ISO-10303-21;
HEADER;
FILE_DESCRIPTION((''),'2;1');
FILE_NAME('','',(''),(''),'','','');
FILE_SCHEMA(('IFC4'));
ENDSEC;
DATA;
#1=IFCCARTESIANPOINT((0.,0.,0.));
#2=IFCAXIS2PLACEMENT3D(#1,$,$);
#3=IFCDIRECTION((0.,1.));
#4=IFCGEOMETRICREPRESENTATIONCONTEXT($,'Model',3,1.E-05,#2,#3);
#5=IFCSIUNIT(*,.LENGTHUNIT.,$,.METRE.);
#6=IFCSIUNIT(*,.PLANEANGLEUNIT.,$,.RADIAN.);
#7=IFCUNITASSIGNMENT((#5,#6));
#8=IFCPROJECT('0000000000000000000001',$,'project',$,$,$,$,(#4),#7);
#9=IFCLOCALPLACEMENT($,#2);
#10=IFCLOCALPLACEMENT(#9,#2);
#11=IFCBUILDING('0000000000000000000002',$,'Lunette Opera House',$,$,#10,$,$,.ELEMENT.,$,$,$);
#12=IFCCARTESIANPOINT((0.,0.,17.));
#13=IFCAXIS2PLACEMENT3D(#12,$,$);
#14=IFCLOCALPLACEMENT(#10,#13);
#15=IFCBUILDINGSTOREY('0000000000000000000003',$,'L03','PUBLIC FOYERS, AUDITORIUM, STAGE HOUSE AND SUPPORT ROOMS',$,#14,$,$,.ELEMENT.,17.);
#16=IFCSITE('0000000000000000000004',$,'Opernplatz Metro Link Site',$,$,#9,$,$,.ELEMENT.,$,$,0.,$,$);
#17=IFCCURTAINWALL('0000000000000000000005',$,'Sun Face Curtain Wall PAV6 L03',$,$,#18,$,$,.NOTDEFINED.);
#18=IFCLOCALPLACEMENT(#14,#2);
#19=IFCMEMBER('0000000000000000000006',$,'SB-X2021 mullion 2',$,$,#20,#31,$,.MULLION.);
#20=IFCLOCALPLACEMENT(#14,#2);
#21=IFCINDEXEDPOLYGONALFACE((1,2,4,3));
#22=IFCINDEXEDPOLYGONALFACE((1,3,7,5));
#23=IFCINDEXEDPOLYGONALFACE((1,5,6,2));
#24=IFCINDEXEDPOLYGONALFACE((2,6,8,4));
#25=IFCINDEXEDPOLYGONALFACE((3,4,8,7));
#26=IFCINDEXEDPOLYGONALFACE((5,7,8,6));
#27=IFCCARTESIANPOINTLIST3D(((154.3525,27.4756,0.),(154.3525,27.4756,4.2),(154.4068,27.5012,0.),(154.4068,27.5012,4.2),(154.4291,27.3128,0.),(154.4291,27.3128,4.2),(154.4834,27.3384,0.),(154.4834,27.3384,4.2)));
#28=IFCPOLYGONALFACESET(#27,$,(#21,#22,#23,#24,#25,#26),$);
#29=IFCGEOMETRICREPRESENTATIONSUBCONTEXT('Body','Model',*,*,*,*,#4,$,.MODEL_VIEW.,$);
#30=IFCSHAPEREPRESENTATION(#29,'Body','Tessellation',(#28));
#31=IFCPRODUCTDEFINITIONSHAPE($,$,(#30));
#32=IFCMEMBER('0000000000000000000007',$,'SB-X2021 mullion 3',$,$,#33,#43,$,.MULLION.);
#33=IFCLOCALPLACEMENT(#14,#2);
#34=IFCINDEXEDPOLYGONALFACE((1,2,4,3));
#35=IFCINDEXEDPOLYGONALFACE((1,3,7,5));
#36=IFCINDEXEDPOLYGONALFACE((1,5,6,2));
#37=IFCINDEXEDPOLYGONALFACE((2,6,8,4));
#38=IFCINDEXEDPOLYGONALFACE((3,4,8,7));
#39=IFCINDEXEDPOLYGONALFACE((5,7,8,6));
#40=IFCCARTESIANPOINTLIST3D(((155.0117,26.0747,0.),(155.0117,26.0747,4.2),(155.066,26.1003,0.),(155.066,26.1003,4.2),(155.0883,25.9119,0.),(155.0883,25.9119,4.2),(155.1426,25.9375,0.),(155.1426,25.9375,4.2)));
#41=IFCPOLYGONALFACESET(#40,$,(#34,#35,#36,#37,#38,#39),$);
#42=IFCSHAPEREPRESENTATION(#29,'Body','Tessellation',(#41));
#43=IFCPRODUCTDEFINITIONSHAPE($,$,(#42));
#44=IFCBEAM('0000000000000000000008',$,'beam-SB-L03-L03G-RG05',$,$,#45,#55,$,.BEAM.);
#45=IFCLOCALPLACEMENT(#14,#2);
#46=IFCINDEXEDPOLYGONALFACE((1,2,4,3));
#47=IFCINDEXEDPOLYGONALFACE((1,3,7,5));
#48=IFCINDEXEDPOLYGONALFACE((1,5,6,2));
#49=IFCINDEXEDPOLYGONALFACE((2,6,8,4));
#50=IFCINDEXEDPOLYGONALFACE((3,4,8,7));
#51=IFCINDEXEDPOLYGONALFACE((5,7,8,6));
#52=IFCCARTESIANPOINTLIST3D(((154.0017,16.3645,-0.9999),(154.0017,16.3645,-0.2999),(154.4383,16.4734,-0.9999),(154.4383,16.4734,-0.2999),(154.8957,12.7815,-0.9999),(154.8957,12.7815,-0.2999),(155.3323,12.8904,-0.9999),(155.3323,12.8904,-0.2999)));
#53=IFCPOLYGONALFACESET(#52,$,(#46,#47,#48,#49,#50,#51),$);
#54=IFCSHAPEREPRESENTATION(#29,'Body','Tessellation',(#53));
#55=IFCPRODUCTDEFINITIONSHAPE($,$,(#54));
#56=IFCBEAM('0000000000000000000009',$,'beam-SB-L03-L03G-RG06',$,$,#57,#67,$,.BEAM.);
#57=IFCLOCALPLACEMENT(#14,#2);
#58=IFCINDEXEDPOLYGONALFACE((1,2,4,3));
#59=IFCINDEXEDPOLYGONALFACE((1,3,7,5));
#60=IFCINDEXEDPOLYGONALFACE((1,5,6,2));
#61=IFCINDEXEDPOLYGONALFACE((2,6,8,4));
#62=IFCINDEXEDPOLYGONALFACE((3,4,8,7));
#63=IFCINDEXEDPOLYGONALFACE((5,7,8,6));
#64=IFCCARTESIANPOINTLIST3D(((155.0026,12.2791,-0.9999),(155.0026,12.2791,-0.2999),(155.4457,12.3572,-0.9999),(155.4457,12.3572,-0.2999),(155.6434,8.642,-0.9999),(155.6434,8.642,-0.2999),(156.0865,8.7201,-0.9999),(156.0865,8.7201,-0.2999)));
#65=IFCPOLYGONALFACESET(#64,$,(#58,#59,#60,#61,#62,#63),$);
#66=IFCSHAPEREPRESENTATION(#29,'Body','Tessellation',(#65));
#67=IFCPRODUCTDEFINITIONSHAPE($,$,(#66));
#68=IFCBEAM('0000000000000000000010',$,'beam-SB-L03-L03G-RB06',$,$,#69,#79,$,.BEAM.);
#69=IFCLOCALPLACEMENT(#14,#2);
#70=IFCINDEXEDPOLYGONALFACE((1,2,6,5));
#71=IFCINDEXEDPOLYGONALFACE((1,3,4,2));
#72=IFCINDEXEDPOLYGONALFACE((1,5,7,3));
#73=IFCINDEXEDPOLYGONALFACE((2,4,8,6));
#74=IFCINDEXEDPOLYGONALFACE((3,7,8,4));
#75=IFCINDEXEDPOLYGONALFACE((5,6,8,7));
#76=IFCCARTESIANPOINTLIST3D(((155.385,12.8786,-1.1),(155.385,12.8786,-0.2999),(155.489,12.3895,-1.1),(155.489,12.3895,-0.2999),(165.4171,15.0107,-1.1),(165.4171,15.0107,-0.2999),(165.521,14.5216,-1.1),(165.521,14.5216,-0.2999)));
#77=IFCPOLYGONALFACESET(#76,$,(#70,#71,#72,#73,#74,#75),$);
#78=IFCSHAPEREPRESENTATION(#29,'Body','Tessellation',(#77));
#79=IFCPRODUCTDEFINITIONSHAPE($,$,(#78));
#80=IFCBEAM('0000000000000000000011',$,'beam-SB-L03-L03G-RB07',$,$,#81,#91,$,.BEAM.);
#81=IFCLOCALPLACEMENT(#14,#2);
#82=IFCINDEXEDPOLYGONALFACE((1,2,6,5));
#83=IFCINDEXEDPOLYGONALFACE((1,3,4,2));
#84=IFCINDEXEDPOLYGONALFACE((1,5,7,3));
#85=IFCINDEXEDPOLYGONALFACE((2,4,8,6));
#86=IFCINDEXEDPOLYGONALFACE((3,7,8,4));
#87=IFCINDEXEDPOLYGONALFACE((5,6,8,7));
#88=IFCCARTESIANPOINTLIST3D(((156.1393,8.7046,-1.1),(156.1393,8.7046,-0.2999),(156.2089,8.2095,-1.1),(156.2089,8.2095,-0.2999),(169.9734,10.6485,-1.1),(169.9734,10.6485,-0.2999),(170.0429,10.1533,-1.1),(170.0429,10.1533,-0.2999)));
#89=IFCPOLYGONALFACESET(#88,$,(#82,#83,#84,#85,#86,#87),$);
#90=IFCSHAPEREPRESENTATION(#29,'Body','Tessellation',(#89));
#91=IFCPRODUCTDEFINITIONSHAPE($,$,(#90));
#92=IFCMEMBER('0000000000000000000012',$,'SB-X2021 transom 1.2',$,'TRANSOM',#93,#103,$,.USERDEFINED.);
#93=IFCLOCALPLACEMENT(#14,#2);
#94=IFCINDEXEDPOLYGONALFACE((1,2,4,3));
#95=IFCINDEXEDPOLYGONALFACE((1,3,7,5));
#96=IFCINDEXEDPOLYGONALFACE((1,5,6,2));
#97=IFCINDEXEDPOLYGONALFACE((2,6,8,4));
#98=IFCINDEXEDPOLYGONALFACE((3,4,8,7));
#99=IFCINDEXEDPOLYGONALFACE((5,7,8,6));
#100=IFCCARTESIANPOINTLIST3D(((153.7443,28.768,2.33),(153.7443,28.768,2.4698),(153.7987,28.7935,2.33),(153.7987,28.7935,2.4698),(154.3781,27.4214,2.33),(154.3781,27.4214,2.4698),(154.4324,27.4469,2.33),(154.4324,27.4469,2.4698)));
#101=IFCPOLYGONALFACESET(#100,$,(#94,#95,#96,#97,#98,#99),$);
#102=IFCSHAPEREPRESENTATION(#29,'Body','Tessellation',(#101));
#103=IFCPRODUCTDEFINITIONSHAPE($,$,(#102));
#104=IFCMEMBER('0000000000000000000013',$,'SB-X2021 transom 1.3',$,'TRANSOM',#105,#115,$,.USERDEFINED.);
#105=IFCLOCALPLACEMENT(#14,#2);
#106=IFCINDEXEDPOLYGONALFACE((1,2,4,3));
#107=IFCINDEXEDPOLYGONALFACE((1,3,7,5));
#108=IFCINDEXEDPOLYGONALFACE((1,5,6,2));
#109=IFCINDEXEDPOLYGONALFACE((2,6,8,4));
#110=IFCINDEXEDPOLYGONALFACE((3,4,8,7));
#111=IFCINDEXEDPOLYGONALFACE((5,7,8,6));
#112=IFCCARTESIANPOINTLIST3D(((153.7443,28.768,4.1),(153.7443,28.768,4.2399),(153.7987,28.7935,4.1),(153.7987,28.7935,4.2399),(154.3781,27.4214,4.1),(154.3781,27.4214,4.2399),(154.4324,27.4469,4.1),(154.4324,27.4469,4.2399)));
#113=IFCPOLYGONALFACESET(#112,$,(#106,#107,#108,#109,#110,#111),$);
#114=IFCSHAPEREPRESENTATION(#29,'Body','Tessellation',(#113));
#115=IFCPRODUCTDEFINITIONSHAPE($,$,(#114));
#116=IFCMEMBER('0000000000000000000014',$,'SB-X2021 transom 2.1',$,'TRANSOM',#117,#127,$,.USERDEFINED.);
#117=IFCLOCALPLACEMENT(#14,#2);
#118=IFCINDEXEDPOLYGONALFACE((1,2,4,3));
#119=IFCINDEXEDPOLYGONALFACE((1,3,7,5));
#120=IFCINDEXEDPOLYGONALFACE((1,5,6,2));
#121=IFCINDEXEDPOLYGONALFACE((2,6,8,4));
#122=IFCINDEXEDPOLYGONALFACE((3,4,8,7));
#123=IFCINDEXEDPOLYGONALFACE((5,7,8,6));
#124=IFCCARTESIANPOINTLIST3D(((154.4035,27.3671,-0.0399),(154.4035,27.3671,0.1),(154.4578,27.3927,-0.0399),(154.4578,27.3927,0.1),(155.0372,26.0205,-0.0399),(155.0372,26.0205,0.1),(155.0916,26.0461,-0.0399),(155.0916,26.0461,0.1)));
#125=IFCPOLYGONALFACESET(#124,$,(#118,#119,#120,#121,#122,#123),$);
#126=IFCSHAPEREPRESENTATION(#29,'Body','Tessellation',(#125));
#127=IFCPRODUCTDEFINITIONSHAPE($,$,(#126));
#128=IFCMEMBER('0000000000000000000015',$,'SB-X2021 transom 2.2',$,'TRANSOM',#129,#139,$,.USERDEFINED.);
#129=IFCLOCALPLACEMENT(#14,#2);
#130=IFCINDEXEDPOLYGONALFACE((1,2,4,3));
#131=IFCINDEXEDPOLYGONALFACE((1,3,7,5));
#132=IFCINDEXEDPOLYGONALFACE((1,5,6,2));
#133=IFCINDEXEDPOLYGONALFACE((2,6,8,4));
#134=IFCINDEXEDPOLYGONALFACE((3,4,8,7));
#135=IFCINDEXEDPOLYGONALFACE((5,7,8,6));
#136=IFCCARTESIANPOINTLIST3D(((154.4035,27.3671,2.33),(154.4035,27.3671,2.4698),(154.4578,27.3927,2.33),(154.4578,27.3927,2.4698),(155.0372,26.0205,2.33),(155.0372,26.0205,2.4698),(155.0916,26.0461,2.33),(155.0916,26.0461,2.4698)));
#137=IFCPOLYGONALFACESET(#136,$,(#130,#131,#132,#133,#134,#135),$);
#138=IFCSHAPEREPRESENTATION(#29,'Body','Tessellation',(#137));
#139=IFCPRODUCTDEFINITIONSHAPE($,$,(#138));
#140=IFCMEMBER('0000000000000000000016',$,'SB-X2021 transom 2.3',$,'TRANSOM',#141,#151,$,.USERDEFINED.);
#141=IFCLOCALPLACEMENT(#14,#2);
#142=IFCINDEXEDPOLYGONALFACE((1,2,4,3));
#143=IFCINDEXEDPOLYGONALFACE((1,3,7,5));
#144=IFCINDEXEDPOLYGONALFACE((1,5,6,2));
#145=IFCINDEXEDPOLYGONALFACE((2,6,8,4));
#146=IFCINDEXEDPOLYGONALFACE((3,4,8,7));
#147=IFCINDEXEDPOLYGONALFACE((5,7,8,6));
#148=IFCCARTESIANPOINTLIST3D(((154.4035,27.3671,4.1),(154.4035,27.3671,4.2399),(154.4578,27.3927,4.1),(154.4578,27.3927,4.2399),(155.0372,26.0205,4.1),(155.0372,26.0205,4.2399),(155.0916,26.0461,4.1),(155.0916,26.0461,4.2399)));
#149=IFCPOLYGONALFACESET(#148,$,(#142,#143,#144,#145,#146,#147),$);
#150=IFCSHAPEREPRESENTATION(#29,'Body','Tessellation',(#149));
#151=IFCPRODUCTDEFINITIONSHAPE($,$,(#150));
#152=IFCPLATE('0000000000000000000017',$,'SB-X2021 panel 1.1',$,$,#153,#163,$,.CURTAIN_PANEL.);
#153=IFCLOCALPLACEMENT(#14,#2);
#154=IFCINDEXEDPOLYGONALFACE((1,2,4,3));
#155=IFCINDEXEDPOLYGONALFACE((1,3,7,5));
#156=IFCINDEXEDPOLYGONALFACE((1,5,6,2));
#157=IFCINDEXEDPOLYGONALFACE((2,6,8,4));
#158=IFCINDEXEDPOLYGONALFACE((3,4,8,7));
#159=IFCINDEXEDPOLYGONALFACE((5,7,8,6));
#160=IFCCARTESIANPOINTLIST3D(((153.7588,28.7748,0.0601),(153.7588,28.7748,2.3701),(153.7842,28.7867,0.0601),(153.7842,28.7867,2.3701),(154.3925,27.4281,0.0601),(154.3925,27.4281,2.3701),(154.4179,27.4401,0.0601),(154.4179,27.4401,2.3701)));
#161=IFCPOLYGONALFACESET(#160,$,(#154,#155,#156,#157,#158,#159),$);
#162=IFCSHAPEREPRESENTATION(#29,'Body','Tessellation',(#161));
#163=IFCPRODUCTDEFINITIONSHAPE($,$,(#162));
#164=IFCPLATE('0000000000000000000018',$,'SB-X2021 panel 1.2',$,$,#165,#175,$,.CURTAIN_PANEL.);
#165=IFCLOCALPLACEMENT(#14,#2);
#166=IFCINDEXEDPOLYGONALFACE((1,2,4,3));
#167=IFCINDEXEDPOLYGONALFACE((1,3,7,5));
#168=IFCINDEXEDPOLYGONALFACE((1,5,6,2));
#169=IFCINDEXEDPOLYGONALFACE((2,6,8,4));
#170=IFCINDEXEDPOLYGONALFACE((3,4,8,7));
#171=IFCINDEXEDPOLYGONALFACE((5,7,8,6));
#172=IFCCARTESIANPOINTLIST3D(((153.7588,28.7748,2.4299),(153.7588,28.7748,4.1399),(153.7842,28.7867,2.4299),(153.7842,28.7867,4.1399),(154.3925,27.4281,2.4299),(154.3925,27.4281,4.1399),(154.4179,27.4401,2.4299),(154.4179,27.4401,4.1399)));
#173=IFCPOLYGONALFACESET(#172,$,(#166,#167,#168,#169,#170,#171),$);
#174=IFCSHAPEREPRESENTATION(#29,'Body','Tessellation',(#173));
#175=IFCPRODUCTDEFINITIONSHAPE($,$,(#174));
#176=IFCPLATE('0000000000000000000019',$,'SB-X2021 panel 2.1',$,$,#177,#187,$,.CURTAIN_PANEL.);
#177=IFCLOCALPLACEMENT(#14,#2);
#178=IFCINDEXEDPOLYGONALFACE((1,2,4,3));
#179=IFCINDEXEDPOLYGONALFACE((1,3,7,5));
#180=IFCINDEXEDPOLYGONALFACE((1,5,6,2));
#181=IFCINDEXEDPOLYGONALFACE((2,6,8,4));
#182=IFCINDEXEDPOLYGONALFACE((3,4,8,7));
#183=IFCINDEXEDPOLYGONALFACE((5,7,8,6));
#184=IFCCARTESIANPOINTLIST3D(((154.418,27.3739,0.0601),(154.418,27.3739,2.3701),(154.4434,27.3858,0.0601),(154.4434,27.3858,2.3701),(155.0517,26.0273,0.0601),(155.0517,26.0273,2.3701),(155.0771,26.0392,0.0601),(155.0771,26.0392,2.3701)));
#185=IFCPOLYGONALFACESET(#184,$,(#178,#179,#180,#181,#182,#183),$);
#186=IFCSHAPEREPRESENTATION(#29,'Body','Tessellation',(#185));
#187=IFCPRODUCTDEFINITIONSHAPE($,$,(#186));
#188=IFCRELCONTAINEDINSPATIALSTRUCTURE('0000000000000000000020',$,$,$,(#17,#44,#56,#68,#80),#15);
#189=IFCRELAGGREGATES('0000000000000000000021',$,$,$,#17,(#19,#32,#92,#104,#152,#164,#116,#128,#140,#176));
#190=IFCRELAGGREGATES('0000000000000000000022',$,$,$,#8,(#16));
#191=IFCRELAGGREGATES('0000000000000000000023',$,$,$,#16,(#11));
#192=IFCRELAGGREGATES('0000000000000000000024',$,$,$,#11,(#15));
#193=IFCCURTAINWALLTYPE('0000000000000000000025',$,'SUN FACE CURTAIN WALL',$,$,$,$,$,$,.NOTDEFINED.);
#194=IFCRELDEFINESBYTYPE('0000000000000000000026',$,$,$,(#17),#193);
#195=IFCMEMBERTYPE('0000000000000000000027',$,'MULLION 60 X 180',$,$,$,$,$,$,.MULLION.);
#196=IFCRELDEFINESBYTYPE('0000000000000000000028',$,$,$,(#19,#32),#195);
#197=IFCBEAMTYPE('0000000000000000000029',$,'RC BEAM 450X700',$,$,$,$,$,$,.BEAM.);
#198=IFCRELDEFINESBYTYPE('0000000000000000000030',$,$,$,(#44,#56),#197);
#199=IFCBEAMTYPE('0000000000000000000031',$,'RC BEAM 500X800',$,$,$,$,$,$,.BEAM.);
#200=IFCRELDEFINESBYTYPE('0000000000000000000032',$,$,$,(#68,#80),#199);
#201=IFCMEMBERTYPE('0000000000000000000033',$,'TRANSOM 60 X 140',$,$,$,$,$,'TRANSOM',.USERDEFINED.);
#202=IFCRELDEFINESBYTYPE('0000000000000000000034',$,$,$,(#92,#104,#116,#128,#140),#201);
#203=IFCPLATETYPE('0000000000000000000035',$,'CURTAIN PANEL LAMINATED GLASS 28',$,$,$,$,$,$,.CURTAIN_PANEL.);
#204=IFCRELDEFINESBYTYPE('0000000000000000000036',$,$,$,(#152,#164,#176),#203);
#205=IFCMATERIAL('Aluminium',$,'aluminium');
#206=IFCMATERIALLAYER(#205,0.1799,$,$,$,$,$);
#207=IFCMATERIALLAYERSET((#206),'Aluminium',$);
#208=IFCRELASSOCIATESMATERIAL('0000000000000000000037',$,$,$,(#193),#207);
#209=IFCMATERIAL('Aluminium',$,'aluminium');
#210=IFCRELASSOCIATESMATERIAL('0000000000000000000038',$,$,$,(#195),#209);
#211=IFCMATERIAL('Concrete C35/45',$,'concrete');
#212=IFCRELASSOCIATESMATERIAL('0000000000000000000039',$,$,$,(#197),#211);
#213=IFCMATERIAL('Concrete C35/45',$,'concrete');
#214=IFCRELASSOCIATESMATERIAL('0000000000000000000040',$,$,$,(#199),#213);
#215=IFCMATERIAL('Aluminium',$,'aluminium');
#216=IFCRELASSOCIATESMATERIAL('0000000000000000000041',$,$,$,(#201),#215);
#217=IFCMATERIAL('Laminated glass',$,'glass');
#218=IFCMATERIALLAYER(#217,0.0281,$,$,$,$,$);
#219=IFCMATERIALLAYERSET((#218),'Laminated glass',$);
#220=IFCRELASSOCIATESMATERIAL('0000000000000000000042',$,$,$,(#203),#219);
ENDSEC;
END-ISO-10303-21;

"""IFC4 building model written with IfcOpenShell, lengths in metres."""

from ifc_helpers import new_model, si_unit, direction, frame, origin, origin_2d, place, context, subcontext, project, spatial, rectangle, extrude, material, layer, layer_set, material_profile, profile_set, type_object, element, aggregate, save


model = new_model("IFC4")

# Units and contexts
model_context = context("Model", 3, precision=1e-05, world=origin(), true_north=direction((0.0, 1.0)))
body_context = subcontext(model_context, "Body", "Model", "MODEL_VIEW")
ifc_project = project(units=[si_unit("LENGTHUNIT", "METRE"), si_unit("PLANEANGLEUNIT", "RADIAN")], contexts=[model_context])

# Site, building, storey
site_placement = place(None, origin())
site = spatial("IfcSite", under=ifc_project, at=site_placement, Name="Opernplatz Metro Link Site", CompositionType="ELEMENT", RefElevation=0.0)
building_placement = place(site_placement, origin())
building = spatial("IfcBuilding", under=site, at=building_placement, Name="Lunette Opera House", CompositionType="ELEMENT")
storey_placement = place(building_placement, frame((0.0, 0.0, 17.0)))
storey = spatial("IfcBuildingStorey", under=building, at=storey_placement, Name="L03", Description="PUBLIC FOYERS, AUDITORIUM, STAGE HOUSE AND SUPPORT ROOMS", CompositionType="ELEMENT", Elevation=17.0)

# Curtain wall, members
ifc_material_1 = material(Name="Aluminium", Category="aluminium")
ifc_layer_1 = layer(ifc_material_1, 0.1799)
ifc_layer_set_1 = layer_set([ifc_layer_1], Name="Aluminium")
curtain_wall_type = type_object("IfcCurtainWallType", Name="SUN FACE CURTAIN WALL", PredefinedType="NOTDEFINED", material=ifc_layer_set_1)
curtain_wall_placement = place(storey_placement, origin())
curtain_wall = element("IfcCurtainWall", 1, at=curtain_wall_placement, inside=storey, type_object=curtain_wall_type, Name="Sun Face Curtain Wall PAV6 L03", PredefinedType="NOTDEFINED")
ifc_material_2 = material(Name="Aluminium", Category="aluminium")
ifc_material_profile_1 = material_profile(ifc_material_2, rectangle(XDim=0.0601, YDim=0.1799, at=origin_2d()), Name="MULLION 60 X 180")
ifc_profile_set_1 = profile_set([ifc_material_profile_1], Name="Aluminium")
member_type_1 = type_object("IfcMemberType", Name="MULLION 60 X 180", PredefinedType="MULLION", material=ifc_profile_set_1)
member_1_placement = place(storey_placement, frame((154.418, 27.407, 0.0), z_axis=(0.0, 0.0, 1.0), x_axis=(0.904819, 0.425797, 0.0)))
member_1 = element("IfcMember", 2, at=member_1_placement, type_object=member_type_1, Name="SB-X2021 mullion 2", PredefinedType="MULLION", context=body_context, shape_type="SweptSolid", body=[
    extrude(rectangle(XDim=0.0601, YDim=0.1799, at=origin_2d()), origin(), (0.0, 0.0, 1.0), 4.2),
])
member_2_placement = place(storey_placement, frame((155.0771, 26.0061, 0.0), z_axis=(0.0, 0.0, 1.0), x_axis=(0.904819, 0.425797, 0.0)))
member_2 = element("IfcMember", 3, at=member_2_placement, type_object=member_type_1, Name="SB-X2021 mullion 3", PredefinedType="MULLION", context=body_context, shape_type="SweptSolid", body=[
    extrude(rectangle(XDim=0.0601, YDim=0.1799, at=origin_2d()), origin(), (0.0, 0.0, 1.0), 4.2),
])

# Beams
ifc_material_3 = material(Name="Concrete C35/45", Category="concrete")
ifc_material_profile_2 = material_profile(ifc_material_3, rectangle(XDim=0.45, YDim=0.7, at=origin_2d()), Name="RC BEAM 450X700")
ifc_profile_set_2 = profile_set([ifc_material_profile_2], Name="Concrete C35/45")
beam_type_1 = type_object("IfcBeamType", Name="RC BEAM 450X700", PredefinedType="BEAM", material=ifc_profile_set_2)
beam_1_placement = place(storey_placement, frame((154.22, 16.4189, -0.6499), z_axis=(0.2421, -0.970251, 0.0), x_axis=(0.970251, 0.2421, 0.0)))
element("IfcBeam", 4, at=beam_1_placement, inside=storey, type_object=beam_type_1, Name="beam-SB-L03-L03G-RG05", PredefinedType="BEAM", context=body_context, shape_type="SweptSolid", body=[
    extrude(rectangle(XDim=0.45, YDim=0.7, at=origin_2d()), origin(), (0.0, 0.0, 1.0), 3.6929),
])
beam_2_placement = place(storey_placement, frame((155.2241, 12.3181, -0.6499), z_axis=(0.173525, -0.984829, 0.0), x_axis=(0.984829, 0.173525, 0.0)))
element("IfcBeam", 5, at=beam_2_placement, inside=storey, type_object=beam_type_1, Name="beam-SB-L03-L03G-RG06", PredefinedType="BEAM", context=body_context, shape_type="SweptSolid", body=[
    extrude(rectangle(XDim=0.45, YDim=0.7, at=origin_2d()), origin(), (0.0, 0.0, 1.0), 3.6931),
])
ifc_material_4 = material(Name="Concrete C35/45", Category="concrete")
ifc_material_profile_3 = material_profile(ifc_material_4, rectangle(XDim=0.5, YDim=0.8, at=origin_2d()), Name="RC BEAM 500X800")
ifc_profile_set_3 = profile_set([ifc_material_profile_3], Name="Concrete C35/45")
beam_type_2 = type_object("IfcBeamType", Name="RC BEAM 500X800", PredefinedType="BEAM", material=ifc_profile_set_3)
beam_3_placement = place(storey_placement, frame((155.437, 12.634, -0.7), z_axis=(0.978153, 0.207885, 0.0), x_axis=(-0.207885, 0.978153, 0.0)))
element("IfcBeam", 6, at=beam_3_placement, inside=storey, type_object=beam_type_2, Name="beam-SB-L03-L03G-RB06", PredefinedType="BEAM", context=body_context, shape_type="SweptSolid", body=[
    extrude(rectangle(XDim=0.5, YDim=0.8, at=origin_2d()), origin(), (0.0, 0.0, 1.0), 10.2561),
])
beam_4_placement = place(storey_placement, frame((156.1741, 8.457, -0.7), z_axis=(0.990272, 0.139146, 0.0), x_axis=(-0.139146, 0.990272, 0.0)))
element("IfcBeam", 7, at=beam_4_placement, inside=storey, type_object=beam_type_2, Name="beam-SB-L03-L03G-RB07", PredefinedType="BEAM", context=body_context, shape_type="SweptSolid", body=[
    extrude(rectangle(XDim=0.5, YDim=0.8, at=origin_2d()), origin(), (0.0, 0.0, 1.0), 13.97),
])

# Members
ifc_material_5 = material(Name="Aluminium", Category="aluminium")
ifc_material_profile_4 = material_profile(ifc_material_5, rectangle(XDim=0.0601, YDim=0.1399, at=origin_2d()), Name="TRANSOM 60 X 140")
ifc_profile_set_4 = profile_set([ifc_material_profile_4], Name="Aluminium")
member_type_2 = type_object("IfcMemberType", Name="TRANSOM 60 X 140", ElementType="TRANSOM", PredefinedType="USERDEFINED", material=ifc_profile_set_4)
member_3_placement = place(storey_placement, frame((153.7715, 28.7808, 2.3999), z_axis=(0.425829, -0.904804, 0.0), x_axis=(0.904804, 0.425829, 0.0)))
member_3 = element("IfcMember", 8, at=member_3_placement, type_object=member_type_2, Name="SB-X2021 transom 1.2", ObjectType="TRANSOM", PredefinedType="USERDEFINED", context=body_context, shape_type="SweptSolid", body=[
    extrude(rectangle(XDim=0.0601, YDim=0.1399, at=origin_2d()), origin(), (0.0, 0.0, 1.0), 1.4883),
])
member_4_placement = place(storey_placement, frame((153.7715, 28.7808, 4.1699), z_axis=(0.425829, -0.904804, 0.0), x_axis=(0.904804, 0.425829, 0.0)))
member_4 = element("IfcMember", 9, at=member_4_placement, type_object=member_type_2, Name="SB-X2021 transom 1.3", ObjectType="TRANSOM", PredefinedType="USERDEFINED", context=body_context, shape_type="SweptSolid", body=[
    extrude(rectangle(XDim=0.0601, YDim=0.1399, at=origin_2d()), origin(), (0.0, 0.0, 1.0), 1.4883),
])
member_5_placement = place(storey_placement, frame((154.4307, 27.3799, 0.03), z_axis=(0.425829, -0.904804, 0.0), x_axis=(0.904804, 0.425829, 0.0)))
member_5 = element("IfcMember", 10, at=member_5_placement, type_object=member_type_2, Name="SB-X2021 transom 2.1", ObjectType="TRANSOM", PredefinedType="USERDEFINED", context=body_context, shape_type="SweptSolid", body=[
    extrude(rectangle(XDim=0.0601, YDim=0.1399, at=origin_2d()), origin(), (0.0, 0.0, 1.0), 1.4883),
])
member_6_placement = place(storey_placement, frame((154.4307, 27.3799, 2.3999), z_axis=(0.425829, -0.904804, 0.0), x_axis=(0.904804, 0.425829, 0.0)))
member_6 = element("IfcMember", 11, at=member_6_placement, type_object=member_type_2, Name="SB-X2021 transom 2.2", ObjectType="TRANSOM", PredefinedType="USERDEFINED", context=body_context, shape_type="SweptSolid", body=[
    extrude(rectangle(XDim=0.0601, YDim=0.1399, at=origin_2d()), origin(), (0.0, 0.0, 1.0), 1.4883),
])
member_7_placement = place(storey_placement, frame((154.4307, 27.3799, 4.1699), z_axis=(0.425829, -0.904804, 0.0), x_axis=(0.904804, 0.425829, 0.0)))
member_7 = element("IfcMember", 12, at=member_7_placement, type_object=member_type_2, Name="SB-X2021 transom 2.3", ObjectType="TRANSOM", PredefinedType="USERDEFINED", context=body_context, shape_type="SweptSolid", body=[
    extrude(rectangle(XDim=0.0601, YDim=0.1399, at=origin_2d()), origin(), (0.0, 0.0, 1.0), 1.4883),
])

# Plates
ifc_material_6 = material(Name="Laminated glass", Category="glass")
ifc_layer_2 = layer(ifc_material_6, 0.0281)
ifc_layer_set_2 = layer_set([ifc_layer_2], Name="Laminated glass")
plate_type = type_object("IfcPlateType", Name="CURTAIN PANEL LAMINATED GLASS 28", PredefinedType="CURTAIN_PANEL", material=ifc_layer_set_2)
plate_1_placement = place(storey_placement, frame((154.0884, 28.1074, 0.0601), z_axis=(0.0, 0.0, 1.0), x_axis=(0.425797, -0.904819, 0.0)))
plate_1 = element("IfcPlate", 13, at=plate_1_placement, type_object=plate_type, Name="SB-X2021 panel 1.1", PredefinedType="CURTAIN_PANEL", context=body_context, shape_type="SweptSolid", body=[
    extrude(rectangle(XDim=1.4883, YDim=0.0281, at=origin_2d()), origin(), (0.0, 0.0, 1.0), 2.3101),
])
plate_2_placement = place(storey_placement, frame((154.0884, 28.1074, 2.4299), z_axis=(0.0, 0.0, 1.0), x_axis=(0.425797, -0.904819, 0.0)))
plate_2 = element("IfcPlate", 14, at=plate_2_placement, type_object=plate_type, Name="SB-X2021 panel 1.2", PredefinedType="CURTAIN_PANEL", context=body_context, shape_type="SweptSolid", body=[
    extrude(rectangle(XDim=1.4883, YDim=0.0281, at=origin_2d()), origin(), (0.0, 0.0, 1.0), 1.71),
])
plate_3_placement = place(storey_placement, frame((154.7476, 26.7065, 0.0601), z_axis=(0.0, 0.0, 1.0), x_axis=(0.425797, -0.904819, 0.0)))
plate_3 = element("IfcPlate", 15, at=plate_3_placement, type_object=plate_type, Name="SB-X2021 panel 2.1", PredefinedType="CURTAIN_PANEL", context=body_context, shape_type="SweptSolid", body=[
    extrude(rectangle(XDim=1.4883, YDim=0.0281, at=origin_2d()), origin(), (0.0, 0.0, 1.0), 2.3101),
])
aggregate(curtain_wall, [member_1, member_2, member_3, member_4, plate_1, plate_2, member_5, member_6, member_7, plate_3])

save(model, "model.ifc")
